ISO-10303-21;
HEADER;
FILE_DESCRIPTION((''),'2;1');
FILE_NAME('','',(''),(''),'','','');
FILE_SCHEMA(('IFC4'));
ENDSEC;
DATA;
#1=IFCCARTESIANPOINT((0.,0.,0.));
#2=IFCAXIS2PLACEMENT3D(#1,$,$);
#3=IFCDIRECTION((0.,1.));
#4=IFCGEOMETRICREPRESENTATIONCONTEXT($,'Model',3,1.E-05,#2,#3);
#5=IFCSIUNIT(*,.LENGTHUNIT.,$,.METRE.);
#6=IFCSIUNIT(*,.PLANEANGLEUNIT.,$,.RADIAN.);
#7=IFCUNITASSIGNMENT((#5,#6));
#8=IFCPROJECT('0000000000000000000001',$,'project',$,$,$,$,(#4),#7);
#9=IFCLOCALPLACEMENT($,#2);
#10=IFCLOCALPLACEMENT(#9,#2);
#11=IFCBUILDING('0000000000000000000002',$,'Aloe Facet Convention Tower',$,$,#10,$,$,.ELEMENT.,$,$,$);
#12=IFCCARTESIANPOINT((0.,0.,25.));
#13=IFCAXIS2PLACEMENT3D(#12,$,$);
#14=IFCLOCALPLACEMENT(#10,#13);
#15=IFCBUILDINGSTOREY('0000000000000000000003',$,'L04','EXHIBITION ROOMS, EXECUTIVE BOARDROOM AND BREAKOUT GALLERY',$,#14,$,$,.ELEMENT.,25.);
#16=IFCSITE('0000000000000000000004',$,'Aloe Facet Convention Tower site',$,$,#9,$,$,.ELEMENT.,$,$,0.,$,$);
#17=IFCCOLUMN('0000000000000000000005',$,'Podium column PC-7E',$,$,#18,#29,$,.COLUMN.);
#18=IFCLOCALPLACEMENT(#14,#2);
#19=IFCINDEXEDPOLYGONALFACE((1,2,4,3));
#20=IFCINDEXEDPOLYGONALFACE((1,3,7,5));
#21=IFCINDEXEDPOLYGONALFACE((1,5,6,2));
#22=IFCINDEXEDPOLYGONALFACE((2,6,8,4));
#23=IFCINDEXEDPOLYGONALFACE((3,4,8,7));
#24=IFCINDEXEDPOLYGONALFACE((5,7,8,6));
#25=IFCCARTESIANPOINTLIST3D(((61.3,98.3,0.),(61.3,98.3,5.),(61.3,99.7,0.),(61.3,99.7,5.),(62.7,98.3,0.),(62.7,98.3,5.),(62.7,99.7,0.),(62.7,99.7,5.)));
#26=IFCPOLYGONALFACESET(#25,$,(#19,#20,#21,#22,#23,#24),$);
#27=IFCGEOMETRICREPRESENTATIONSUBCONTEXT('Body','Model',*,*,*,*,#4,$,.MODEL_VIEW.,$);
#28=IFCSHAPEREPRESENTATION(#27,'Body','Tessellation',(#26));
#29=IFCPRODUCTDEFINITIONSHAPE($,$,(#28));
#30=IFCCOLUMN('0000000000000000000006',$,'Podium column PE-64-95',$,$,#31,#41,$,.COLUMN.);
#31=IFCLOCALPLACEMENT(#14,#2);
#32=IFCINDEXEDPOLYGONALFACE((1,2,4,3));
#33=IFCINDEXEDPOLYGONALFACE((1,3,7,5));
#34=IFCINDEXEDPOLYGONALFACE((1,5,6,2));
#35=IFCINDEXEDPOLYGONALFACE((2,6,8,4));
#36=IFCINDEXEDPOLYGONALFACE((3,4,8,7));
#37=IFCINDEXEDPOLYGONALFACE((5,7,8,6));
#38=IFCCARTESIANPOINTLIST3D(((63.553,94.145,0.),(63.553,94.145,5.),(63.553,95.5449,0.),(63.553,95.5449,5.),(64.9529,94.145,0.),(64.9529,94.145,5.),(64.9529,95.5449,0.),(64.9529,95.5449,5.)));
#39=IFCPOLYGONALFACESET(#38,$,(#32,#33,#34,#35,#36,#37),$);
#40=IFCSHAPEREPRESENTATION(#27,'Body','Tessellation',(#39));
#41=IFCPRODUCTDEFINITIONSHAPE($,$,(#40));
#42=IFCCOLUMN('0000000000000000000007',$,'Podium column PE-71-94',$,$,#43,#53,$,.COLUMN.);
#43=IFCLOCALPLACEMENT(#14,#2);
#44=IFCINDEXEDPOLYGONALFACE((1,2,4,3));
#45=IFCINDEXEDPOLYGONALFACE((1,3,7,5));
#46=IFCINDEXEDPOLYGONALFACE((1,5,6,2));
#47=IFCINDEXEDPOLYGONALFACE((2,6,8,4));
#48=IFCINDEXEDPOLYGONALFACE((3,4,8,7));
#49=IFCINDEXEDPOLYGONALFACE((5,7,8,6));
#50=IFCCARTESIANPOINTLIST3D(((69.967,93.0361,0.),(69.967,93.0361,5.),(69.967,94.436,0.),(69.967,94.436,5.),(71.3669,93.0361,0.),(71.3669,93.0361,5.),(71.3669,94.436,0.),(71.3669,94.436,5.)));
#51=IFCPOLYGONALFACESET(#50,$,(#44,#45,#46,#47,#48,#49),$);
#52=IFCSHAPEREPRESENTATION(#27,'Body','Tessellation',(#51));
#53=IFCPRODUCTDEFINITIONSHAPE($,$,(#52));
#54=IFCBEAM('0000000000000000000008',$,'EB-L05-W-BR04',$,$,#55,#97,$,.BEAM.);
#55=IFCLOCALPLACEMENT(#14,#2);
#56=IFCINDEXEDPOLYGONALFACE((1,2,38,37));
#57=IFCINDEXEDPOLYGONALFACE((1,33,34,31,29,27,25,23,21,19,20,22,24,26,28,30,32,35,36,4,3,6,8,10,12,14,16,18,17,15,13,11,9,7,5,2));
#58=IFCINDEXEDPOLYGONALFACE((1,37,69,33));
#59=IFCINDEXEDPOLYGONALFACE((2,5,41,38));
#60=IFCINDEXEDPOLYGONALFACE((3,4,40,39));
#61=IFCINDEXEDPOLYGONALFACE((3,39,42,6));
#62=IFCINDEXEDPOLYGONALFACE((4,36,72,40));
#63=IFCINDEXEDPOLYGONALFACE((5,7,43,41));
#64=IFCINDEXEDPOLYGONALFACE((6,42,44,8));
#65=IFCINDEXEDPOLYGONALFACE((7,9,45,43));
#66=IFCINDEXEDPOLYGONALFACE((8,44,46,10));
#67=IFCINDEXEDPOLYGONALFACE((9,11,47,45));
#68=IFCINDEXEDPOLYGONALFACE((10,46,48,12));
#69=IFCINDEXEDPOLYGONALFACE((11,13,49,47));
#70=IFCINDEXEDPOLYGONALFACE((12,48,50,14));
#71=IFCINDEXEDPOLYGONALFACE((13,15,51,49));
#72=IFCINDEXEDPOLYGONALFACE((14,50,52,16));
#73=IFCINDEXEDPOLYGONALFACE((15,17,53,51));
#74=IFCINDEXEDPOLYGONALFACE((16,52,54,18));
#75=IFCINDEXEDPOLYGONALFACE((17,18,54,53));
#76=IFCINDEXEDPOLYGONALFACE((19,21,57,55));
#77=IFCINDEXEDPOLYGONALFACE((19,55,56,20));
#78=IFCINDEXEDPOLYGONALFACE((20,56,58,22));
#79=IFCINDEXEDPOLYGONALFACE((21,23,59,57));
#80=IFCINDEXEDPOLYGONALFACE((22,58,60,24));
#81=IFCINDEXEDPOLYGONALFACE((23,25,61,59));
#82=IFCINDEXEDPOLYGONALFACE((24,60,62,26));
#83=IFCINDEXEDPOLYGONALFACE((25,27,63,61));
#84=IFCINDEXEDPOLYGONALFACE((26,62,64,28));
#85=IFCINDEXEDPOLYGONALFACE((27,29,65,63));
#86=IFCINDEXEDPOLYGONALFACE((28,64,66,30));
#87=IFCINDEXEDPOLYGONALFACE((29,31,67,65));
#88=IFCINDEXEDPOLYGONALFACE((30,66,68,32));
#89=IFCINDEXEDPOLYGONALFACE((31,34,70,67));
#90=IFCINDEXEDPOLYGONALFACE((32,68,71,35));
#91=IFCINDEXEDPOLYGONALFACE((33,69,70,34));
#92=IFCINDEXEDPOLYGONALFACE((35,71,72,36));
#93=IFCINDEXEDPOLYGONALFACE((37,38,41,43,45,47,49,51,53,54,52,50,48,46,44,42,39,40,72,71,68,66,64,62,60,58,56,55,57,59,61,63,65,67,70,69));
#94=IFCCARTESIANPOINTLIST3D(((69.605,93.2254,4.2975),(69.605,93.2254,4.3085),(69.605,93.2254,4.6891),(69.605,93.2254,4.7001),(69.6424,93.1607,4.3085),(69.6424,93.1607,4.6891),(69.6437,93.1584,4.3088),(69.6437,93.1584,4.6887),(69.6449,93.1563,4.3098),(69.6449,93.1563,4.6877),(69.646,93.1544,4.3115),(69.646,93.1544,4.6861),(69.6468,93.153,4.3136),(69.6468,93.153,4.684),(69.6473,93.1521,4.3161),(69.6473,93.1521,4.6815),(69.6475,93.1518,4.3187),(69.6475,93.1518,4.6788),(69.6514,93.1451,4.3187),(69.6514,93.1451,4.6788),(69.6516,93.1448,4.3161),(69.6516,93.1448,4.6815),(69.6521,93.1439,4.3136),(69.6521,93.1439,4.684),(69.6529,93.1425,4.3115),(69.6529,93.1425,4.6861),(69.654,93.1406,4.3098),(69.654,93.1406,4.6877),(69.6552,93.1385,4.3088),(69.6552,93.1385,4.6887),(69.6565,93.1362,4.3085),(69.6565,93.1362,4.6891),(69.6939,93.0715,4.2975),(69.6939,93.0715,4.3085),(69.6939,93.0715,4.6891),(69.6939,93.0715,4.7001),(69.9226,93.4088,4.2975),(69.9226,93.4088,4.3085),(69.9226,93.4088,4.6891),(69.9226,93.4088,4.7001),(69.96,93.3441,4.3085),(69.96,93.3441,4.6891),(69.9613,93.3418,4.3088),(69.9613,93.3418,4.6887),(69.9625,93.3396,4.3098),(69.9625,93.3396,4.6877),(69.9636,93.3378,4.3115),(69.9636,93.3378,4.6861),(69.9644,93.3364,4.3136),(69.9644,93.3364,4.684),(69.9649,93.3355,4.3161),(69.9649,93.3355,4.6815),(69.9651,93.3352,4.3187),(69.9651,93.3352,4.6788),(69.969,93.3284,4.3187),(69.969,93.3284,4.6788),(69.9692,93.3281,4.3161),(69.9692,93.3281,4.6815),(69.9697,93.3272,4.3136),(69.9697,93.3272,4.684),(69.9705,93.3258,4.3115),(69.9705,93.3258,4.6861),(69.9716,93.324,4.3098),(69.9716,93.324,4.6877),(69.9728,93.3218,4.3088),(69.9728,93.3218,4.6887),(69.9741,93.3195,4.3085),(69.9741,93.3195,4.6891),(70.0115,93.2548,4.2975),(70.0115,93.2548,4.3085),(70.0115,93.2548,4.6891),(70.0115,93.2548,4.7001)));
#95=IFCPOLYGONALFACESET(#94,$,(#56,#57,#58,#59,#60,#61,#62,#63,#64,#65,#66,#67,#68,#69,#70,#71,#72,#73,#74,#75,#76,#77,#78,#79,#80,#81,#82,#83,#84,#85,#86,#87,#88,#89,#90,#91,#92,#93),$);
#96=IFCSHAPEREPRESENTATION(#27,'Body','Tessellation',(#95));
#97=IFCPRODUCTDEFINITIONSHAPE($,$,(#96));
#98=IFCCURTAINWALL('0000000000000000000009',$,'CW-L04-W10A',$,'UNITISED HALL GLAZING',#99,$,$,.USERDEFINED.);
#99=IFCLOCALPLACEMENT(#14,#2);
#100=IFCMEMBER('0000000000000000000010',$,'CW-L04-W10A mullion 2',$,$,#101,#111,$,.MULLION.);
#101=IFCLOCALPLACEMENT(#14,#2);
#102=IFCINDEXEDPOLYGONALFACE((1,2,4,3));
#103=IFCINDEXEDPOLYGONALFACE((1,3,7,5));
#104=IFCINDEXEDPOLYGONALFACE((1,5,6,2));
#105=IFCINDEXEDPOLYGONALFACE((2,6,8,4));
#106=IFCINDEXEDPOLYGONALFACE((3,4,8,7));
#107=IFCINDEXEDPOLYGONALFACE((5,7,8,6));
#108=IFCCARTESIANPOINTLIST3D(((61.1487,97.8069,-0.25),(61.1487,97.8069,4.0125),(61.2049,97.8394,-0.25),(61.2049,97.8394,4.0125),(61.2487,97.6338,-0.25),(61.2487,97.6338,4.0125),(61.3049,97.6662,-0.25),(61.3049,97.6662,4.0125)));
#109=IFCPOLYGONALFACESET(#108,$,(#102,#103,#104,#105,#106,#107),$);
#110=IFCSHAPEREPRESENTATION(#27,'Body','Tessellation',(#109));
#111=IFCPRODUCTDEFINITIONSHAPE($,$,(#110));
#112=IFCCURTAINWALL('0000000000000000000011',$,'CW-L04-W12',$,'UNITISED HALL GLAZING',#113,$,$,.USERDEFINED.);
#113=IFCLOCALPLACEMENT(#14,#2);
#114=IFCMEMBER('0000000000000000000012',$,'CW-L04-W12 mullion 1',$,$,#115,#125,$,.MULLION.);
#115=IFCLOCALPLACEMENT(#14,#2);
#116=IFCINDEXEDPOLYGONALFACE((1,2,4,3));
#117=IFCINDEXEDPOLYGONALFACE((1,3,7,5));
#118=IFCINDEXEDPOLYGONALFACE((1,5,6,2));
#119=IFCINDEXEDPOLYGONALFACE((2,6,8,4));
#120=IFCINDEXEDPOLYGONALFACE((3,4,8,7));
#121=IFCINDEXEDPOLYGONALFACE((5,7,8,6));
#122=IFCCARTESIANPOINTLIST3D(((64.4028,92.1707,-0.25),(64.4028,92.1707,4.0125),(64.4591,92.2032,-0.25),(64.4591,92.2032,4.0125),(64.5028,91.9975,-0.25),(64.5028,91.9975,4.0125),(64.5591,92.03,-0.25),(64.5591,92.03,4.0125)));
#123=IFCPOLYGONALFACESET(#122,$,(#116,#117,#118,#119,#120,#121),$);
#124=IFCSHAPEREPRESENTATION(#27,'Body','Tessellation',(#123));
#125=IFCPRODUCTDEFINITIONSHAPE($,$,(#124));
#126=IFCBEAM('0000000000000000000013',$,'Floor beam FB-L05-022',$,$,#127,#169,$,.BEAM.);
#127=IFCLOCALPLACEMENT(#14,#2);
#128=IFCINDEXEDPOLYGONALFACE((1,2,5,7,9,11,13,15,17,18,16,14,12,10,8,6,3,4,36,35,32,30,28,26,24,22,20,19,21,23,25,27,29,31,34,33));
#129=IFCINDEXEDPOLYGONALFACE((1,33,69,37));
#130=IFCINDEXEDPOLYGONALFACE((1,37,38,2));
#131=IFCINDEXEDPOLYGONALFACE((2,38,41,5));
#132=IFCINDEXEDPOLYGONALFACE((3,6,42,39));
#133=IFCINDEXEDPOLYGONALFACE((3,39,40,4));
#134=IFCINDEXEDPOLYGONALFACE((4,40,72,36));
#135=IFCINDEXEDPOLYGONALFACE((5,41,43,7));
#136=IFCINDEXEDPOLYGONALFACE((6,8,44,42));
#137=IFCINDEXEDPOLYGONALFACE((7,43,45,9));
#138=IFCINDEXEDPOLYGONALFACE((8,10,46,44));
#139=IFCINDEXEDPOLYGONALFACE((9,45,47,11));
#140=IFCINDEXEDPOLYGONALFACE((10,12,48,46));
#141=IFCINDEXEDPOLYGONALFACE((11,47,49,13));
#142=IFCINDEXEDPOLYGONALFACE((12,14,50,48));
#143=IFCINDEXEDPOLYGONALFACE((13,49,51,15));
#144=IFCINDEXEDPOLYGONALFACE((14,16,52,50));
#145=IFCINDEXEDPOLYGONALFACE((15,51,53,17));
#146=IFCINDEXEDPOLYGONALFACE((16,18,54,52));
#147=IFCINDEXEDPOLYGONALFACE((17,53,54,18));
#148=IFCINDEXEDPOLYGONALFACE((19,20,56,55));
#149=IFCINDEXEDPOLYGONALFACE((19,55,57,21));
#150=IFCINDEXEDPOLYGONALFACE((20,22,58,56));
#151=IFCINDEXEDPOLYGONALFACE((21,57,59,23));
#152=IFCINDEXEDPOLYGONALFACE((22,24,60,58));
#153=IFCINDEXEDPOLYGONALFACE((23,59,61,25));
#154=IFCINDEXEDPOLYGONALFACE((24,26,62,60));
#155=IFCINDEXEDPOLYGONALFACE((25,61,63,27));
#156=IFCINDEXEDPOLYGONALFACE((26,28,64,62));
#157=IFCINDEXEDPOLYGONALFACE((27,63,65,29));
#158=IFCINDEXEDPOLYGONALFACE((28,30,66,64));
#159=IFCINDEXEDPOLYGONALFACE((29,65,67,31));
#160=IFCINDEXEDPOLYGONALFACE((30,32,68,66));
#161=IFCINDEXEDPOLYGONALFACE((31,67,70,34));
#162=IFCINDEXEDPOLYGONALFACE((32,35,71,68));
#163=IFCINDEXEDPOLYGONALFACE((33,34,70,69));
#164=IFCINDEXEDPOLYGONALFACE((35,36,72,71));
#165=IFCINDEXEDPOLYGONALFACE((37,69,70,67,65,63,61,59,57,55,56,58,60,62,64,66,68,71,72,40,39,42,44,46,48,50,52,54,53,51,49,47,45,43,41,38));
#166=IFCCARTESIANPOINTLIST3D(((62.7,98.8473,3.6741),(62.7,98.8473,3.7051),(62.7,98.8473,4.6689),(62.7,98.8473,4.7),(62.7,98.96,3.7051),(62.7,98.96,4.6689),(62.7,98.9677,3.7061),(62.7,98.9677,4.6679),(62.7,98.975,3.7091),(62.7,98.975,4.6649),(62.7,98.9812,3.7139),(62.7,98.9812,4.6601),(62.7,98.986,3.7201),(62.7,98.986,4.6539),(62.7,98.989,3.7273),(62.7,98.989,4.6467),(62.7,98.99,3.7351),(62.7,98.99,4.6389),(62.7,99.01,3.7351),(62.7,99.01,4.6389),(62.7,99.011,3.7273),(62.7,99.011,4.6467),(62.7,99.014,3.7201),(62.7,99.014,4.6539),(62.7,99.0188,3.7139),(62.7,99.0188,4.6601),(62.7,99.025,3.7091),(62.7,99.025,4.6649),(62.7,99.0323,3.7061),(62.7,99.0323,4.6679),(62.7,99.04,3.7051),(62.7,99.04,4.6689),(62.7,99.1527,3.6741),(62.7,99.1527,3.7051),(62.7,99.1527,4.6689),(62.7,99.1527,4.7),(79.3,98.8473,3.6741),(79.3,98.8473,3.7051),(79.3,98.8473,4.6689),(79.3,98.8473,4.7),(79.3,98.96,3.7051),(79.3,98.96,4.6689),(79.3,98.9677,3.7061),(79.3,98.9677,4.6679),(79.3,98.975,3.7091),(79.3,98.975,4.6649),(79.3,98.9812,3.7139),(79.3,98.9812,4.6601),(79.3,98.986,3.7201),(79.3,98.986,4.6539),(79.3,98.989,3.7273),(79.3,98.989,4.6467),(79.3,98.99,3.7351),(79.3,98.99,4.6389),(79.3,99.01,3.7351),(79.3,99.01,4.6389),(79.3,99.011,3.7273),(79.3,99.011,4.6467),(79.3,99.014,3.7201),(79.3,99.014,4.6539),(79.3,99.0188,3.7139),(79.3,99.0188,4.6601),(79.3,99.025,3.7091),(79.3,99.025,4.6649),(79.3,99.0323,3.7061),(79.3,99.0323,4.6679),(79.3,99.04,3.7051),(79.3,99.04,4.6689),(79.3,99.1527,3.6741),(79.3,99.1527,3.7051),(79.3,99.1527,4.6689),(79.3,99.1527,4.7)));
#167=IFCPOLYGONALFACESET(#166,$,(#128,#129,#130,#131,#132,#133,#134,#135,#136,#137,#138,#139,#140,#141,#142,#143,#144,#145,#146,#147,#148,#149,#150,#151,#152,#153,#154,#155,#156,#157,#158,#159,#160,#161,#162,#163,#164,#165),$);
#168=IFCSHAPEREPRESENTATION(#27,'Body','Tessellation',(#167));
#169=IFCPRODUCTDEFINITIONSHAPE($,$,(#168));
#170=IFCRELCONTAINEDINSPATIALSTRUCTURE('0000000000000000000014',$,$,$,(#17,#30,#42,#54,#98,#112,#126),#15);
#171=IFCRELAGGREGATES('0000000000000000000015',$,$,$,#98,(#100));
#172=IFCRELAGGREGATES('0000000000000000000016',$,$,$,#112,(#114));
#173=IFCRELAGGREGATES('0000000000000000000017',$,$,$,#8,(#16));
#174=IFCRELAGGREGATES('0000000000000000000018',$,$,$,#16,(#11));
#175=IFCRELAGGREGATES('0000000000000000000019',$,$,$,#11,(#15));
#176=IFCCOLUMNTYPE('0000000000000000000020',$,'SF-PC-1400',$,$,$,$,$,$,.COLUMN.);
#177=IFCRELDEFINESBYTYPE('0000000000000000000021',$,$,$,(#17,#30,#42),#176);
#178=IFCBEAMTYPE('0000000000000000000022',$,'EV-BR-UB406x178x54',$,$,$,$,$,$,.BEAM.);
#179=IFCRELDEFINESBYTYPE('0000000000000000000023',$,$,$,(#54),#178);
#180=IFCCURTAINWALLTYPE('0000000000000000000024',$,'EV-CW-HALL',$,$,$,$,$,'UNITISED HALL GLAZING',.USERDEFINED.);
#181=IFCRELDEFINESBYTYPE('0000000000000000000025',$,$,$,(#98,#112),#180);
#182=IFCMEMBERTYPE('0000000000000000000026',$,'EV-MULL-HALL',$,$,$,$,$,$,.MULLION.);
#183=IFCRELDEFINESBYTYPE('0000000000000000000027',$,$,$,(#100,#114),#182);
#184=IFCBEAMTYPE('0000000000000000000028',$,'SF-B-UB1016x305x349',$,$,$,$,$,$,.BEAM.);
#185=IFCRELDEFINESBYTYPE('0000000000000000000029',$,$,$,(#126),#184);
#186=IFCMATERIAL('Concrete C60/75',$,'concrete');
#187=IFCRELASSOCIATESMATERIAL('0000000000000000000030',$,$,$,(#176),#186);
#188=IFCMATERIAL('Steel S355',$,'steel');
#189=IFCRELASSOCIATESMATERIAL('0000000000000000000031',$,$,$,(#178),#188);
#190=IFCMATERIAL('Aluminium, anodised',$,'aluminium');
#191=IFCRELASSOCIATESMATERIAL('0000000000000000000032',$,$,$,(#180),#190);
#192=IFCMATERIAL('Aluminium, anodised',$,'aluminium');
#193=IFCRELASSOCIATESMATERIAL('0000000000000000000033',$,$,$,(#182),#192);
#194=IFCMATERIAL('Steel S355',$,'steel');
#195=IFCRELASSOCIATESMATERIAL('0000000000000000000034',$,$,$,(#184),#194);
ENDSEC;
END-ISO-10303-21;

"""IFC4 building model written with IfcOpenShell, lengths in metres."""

from ifc_helpers import new_model, si_unit, direction, frame, origin, origin_2d, place, context, subcontext, project, spatial, rectangle, i_section, extrude, material, material_profile, profile_set, type_object, element, aggregate, save


model = new_model("IFC4")

# Units and contexts
model_context = context("Model", 3, precision=1e-05, world=origin(), true_north=direction((0.0, 1.0)))
body_context = subcontext(model_context, "Body", "Model", "MODEL_VIEW")
ifc_project = project(units=[si_unit("LENGTHUNIT", "METRE"), si_unit("PLANEANGLEUNIT", "RADIAN")], contexts=[model_context])

# Site, building, storey
site_placement = place(None, origin())
site = spatial("IfcSite", under=ifc_project, at=site_placement, Name="Aloe Facet Convention Tower site", CompositionType="ELEMENT", RefElevation=0.0)
building_placement = place(site_placement, origin())
building = spatial("IfcBuilding", under=site, at=building_placement, Name="Aloe Facet Convention Tower", CompositionType="ELEMENT")
storey_placement = place(building_placement, frame((0.0, 0.0, 25.0)))
storey = spatial("IfcBuildingStorey", under=building, at=storey_placement, Name="L04", Description="EXHIBITION ROOMS, EXECUTIVE BOARDROOM AND BREAKOUT GALLERY", CompositionType="ELEMENT", Elevation=25.0)

# Columns
ifc_material_1 = material(Name="Concrete C60/75", Category="concrete")
ifc_material_profile_1 = material_profile(ifc_material_1, rectangle(XDim=1.3999, YDim=1.3999, at=origin_2d()), Name="SF-PC-1400")
ifc_profile_set_1 = profile_set([ifc_material_profile_1], Name="Concrete C60/75")
column_type = type_object("IfcColumnType", Name="SF-PC-1400", PredefinedType="COLUMN", material=ifc_profile_set_1)
for number, where, z_axis, x_axis, name in (
    (1, (62.0, 99.0, 0.0), (0.0, 0.0, 1.0), (1.0, 0.0, 0.0), "Podium column PC-7E"),
    (2, (64.2529, 94.845, 0.0), (0.0, 0.0, 1.0), (1.0, 0.0, 0.0), "Podium column PE-64-95"),
    (3, (70.667, 93.7361, 0.0), (0.0, 0.0, 1.0), (1.0, 0.0, 0.0), "Podium column PE-71-94"),
):
    element("IfcColumn", number, at=place(storey_placement, frame(where, z_axis=z_axis, x_axis=x_axis)), inside=storey, type_object=column_type, Name=name, PredefinedType="COLUMN", context=body_context, shape_type="SweptSolid", body=[
        extrude(rectangle(XDim=1.3999, YDim=1.3999, at=origin_2d()), origin(), (0.0, 0.0, 1.0), 5.0),
    ])

# Beam
ifc_material_2 = material(Name="Steel S355", Category="steel")
ifc_material_profile_2 = material_profile(ifc_material_2, i_section(OverallWidth=0.1777, OverallDepth=0.4026, WebThickness=0.0078, FlangeThickness=0.011, FilletRadius=0.0103, at=origin_2d()), Name="UB 406x178x54")
ifc_profile_set_2 = profile_set([ifc_material_profile_2], Name="Steel S355")
beam_type_1 = type_object("IfcBeamType", Name="EV-BR-UB406x178x54", PredefinedType="BEAM", material=ifc_profile_set_2)
beam_1_placement = place(storey_placement, frame((69.967, 93.3318, 4.4988), z_axis=(-0.866064, -0.499934, 0.0), x_axis=(0.499934, -0.866064, 0.0)))
element("IfcBeam", 4, at=beam_1_placement, inside=storey, type_object=beam_type_1, Name="EB-L05-W-BR04", PredefinedType="BEAM", context=body_context, shape_type="SweptSolid", body=[
    extrude(i_section(OverallWidth=0.1777, OverallDepth=0.4026, WebThickness=0.0078, FlangeThickness=0.011, FilletRadius=0.0103, at=origin_2d()), origin(), (0.0, 0.0, 1.0), 0.3667),
])

# Curtain walls, members
ifc_material_3 = material(Name="Aluminium, anodised", Category="aluminium")
curtain_wall_type = type_object("IfcCurtainWallType", Name="EV-CW-HALL", ElementType="UNITISED HALL GLAZING", PredefinedType="USERDEFINED", material=ifc_material_3)
curtain_wall_1_placement = place(storey_placement, origin())
curtain_wall_1 = element("IfcCurtainWall", 5, at=curtain_wall_1_placement, inside=storey, type_object=curtain_wall_type, Name="CW-L04-W10A", ObjectType="UNITISED HALL GLAZING", PredefinedType="USERDEFINED")
ifc_material_4 = material(Name="Aluminium, anodised", Category="aluminium")
ifc_material_profile_3 = material_profile(ifc_material_4, rectangle(XDim=0.0649, YDim=0.2, at=origin_2d()), Name="AL 65x200")
ifc_profile_set_3 = profile_set([ifc_material_profile_3], Name="Aluminium, anodised")
member_type = type_object("IfcMemberType", Name="EV-MULL-HALL", PredefinedType="MULLION", material=ifc_profile_set_3)
member_1_placement = place(storey_placement, frame((61.2268, 97.7366, -0.25), z_axis=(0.0, 0.0, 1.0), x_axis=(0.866025, 0.5, 0.0)))
member_1 = element("IfcMember", 6, at=member_1_placement, type_object=member_type, Name="CW-L04-W10A mullion 2", PredefinedType="MULLION", context=body_context, shape_type="SweptSolid", body=[
    extrude(rectangle(XDim=0.0649, YDim=0.2, at=origin_2d()), origin(), (0.0, 0.0, 1.0), 4.2625),
])
aggregate(curtain_wall_1, [member_1])
curtain_wall_2_placement = place(storey_placement, origin())
curtain_wall_2 = element("IfcCurtainWall", 7, at=curtain_wall_2_placement, inside=storey, type_object=curtain_wall_type, Name="CW-L04-W12", ObjectType="UNITISED HALL GLAZING", PredefinedType="USERDEFINED")
member_2_placement = place(storey_placement, frame((64.481, 92.1003, -0.25), z_axis=(0.0, 0.0, 1.0), x_axis=(0.866025, 0.5, 0.0)))
member_2 = element("IfcMember", 8, at=member_2_placement, type_object=member_type, Name="CW-L04-W12 mullion 1", PredefinedType="MULLION", context=body_context, shape_type="SweptSolid", body=[
    extrude(rectangle(XDim=0.0649, YDim=0.2, at=origin_2d()), origin(), (0.0, 0.0, 1.0), 4.2625),
])
aggregate(curtain_wall_2, [member_2])

# Beam
ifc_material_5 = material(Name="Steel S355", Category="steel")
ifc_material_profile_4 = material_profile(ifc_material_5, i_section(OverallWidth=0.3054, OverallDepth=1.0259, WebThickness=0.02, FlangeThickness=0.031, FilletRadius=0.03, at=origin_2d()), Name="UB 1016x305x349")
ifc_profile_set_4 = profile_set([ifc_material_profile_4], Name="Steel S355")
beam_type_2 = type_object("IfcBeamType", Name="SF-B-UB1016x305x349", PredefinedType="BEAM", material=ifc_profile_set_4)
beam_2_placement = place(storey_placement, frame((62.7, 99.0, 4.187), z_axis=(1.0, 0.0, 0.0), x_axis=(0.0, 1.0, 0.0)))
element("IfcBeam", 9, at=beam_2_placement, inside=storey, type_object=beam_type_2, Name="Floor beam FB-L05-022", PredefinedType="BEAM", context=body_context, shape_type="SweptSolid", body=[
    extrude(i_section(OverallWidth=0.3054, OverallDepth=1.0259, WebThickness=0.02, FlangeThickness=0.031, FilletRadius=0.03, at=origin_2d()), origin(), (0.0, 0.0, 1.0), 16.6001),
])

save(model, "model.ifc")
